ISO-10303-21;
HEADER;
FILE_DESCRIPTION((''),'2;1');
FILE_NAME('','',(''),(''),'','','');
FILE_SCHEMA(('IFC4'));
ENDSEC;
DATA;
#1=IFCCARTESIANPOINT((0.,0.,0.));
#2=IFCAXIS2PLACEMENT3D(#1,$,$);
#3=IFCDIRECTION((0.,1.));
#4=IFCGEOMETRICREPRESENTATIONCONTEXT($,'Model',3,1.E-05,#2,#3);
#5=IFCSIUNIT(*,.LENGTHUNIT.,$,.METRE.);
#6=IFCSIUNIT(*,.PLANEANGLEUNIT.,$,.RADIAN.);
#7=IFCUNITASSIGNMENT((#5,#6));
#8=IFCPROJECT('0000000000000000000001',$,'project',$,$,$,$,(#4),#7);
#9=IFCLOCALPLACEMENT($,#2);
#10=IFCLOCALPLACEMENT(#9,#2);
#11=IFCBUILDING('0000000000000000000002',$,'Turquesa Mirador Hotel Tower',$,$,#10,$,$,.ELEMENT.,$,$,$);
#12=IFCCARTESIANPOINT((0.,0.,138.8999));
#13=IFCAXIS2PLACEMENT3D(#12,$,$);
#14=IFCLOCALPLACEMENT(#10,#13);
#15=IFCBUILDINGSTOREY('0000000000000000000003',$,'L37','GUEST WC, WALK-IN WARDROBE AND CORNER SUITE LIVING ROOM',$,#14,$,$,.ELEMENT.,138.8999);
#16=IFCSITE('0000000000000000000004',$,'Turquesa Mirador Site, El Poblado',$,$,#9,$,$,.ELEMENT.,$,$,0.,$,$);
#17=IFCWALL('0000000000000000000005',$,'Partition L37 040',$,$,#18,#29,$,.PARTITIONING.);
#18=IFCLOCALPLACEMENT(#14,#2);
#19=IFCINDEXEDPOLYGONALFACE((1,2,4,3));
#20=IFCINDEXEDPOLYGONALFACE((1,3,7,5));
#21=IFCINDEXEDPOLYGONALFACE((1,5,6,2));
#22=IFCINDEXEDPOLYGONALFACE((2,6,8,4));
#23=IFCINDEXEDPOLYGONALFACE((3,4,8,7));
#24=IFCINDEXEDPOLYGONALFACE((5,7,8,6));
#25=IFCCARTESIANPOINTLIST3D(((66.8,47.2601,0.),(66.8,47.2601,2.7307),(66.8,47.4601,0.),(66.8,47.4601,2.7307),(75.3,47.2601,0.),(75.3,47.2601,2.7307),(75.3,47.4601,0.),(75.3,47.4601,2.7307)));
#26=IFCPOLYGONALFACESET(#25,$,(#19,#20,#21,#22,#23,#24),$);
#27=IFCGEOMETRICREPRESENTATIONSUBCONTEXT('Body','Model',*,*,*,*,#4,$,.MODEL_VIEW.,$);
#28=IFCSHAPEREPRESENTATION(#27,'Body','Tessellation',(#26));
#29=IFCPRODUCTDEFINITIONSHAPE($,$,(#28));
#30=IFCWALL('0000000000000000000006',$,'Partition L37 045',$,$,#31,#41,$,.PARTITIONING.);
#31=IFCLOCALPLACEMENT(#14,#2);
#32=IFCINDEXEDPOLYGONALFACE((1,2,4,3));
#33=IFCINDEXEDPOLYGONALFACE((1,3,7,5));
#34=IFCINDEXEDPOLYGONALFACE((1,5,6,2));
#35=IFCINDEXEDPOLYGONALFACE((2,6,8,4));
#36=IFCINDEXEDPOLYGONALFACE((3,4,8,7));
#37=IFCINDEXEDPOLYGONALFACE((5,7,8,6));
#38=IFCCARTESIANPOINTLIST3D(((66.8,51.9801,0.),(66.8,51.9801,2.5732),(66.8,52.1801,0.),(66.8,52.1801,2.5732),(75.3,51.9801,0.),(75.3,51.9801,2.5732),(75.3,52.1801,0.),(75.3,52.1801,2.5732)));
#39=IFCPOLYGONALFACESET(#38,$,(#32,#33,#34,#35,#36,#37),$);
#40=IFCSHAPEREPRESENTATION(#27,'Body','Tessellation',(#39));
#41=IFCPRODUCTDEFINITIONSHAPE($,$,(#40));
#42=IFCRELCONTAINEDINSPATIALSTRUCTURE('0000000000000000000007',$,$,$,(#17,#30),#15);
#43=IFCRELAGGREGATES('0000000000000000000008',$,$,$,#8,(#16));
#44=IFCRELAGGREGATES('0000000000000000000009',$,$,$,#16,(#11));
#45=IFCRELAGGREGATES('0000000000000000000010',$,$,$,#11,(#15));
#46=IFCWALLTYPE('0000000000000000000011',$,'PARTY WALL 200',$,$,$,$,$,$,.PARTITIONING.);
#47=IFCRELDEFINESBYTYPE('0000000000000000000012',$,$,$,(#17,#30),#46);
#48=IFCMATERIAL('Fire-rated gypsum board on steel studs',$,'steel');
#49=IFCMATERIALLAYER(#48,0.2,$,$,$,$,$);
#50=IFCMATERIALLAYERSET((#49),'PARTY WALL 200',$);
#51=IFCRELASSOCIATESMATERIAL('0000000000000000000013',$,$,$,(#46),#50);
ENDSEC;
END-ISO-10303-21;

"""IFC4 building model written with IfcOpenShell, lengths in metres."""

from ifc_helpers import new_model, si_unit, direction, frame, frame_2d, origin, place, context, subcontext, project, spatial, rectangle, extrude, material, layer, layer_set, type_object, element, save


model = new_model("IFC4")

# Units and contexts
model_context = context("Model", 3, precision=1e-05, world=origin(), true_north=direction((0.0, 1.0)))
body_context = subcontext(model_context, "Body", "Model", "MODEL_VIEW")
ifc_project = project(units=[si_unit("LENGTHUNIT", "METRE"), si_unit("PLANEANGLEUNIT", "RADIAN")], contexts=[model_context])

# Site, building, storey
site_placement = place(None, origin())
site = spatial("IfcSite", under=ifc_project, at=site_placement, Name="Turquesa Mirador Site, El Poblado", CompositionType="ELEMENT", RefElevation=0.0)
building_placement = place(site_placement, origin())
building = spatial("IfcBuilding", under=site, at=building_placement, Name="Turquesa Mirador Hotel Tower", CompositionType="ELEMENT")
storey_placement = place(building_placement, frame((0.0, 0.0, 138.8999)))
storey = spatial("IfcBuildingStorey", under=building, at=storey_placement, Name="L37", Description="GUEST WC, WALK-IN WARDROBE AND CORNER SUITE LIVING ROOM", CompositionType="ELEMENT", Elevation=138.8999)

# Walls
ifc_material_1 = material(Name="Fire-rated gypsum board on steel studs", Category="steel")
ifc_layer_1 = layer(ifc_material_1, 0.2)
ifc_layer_set_1 = layer_set([ifc_layer_1], Name="PARTY WALL 200")
wall_type_1 = type_object("IfcWallType", Name="PARTY WALL 200", PredefinedType="PARTITIONING", material=ifc_layer_set_1)
wall_1_placement = place(storey_placement, frame((66.8, 47.3601, 0.0), z_axis=(0.0, 0.0, 1.0), x_axis=(1.0, 0.0, 0.0)))
element("IfcWall", 1, at=wall_1_placement, inside=storey, type_object=wall_type_1, Name="Partition L37 040", PredefinedType="PARTITIONING", context=body_context, shape_type="SweptSolid", body=[
    extrude(rectangle(XDim=8.5, YDim=0.2, at=frame_2d((4.25, 0.0))), origin(), (0.0, 0.0, 1.0), 2.7307),
])
wall_2_placement = place(storey_placement, frame((66.8, 52.0801, 0.0), z_axis=(0.0, 0.0, 1.0), x_axis=(1.0, 0.0, 0.0)))
element("IfcWall", 2, at=wall_2_placement, inside=storey, type_object=wall_type_1, Name="Partition L37 045", PredefinedType="PARTITIONING", context=body_context, shape_type="SweptSolid", body=[
    extrude(rectangle(XDim=8.5, YDim=0.2, at=frame_2d((4.25, 0.0))), origin(), (0.0, 0.0, 1.0), 2.5732),
])

save(model, "model.ifc")
